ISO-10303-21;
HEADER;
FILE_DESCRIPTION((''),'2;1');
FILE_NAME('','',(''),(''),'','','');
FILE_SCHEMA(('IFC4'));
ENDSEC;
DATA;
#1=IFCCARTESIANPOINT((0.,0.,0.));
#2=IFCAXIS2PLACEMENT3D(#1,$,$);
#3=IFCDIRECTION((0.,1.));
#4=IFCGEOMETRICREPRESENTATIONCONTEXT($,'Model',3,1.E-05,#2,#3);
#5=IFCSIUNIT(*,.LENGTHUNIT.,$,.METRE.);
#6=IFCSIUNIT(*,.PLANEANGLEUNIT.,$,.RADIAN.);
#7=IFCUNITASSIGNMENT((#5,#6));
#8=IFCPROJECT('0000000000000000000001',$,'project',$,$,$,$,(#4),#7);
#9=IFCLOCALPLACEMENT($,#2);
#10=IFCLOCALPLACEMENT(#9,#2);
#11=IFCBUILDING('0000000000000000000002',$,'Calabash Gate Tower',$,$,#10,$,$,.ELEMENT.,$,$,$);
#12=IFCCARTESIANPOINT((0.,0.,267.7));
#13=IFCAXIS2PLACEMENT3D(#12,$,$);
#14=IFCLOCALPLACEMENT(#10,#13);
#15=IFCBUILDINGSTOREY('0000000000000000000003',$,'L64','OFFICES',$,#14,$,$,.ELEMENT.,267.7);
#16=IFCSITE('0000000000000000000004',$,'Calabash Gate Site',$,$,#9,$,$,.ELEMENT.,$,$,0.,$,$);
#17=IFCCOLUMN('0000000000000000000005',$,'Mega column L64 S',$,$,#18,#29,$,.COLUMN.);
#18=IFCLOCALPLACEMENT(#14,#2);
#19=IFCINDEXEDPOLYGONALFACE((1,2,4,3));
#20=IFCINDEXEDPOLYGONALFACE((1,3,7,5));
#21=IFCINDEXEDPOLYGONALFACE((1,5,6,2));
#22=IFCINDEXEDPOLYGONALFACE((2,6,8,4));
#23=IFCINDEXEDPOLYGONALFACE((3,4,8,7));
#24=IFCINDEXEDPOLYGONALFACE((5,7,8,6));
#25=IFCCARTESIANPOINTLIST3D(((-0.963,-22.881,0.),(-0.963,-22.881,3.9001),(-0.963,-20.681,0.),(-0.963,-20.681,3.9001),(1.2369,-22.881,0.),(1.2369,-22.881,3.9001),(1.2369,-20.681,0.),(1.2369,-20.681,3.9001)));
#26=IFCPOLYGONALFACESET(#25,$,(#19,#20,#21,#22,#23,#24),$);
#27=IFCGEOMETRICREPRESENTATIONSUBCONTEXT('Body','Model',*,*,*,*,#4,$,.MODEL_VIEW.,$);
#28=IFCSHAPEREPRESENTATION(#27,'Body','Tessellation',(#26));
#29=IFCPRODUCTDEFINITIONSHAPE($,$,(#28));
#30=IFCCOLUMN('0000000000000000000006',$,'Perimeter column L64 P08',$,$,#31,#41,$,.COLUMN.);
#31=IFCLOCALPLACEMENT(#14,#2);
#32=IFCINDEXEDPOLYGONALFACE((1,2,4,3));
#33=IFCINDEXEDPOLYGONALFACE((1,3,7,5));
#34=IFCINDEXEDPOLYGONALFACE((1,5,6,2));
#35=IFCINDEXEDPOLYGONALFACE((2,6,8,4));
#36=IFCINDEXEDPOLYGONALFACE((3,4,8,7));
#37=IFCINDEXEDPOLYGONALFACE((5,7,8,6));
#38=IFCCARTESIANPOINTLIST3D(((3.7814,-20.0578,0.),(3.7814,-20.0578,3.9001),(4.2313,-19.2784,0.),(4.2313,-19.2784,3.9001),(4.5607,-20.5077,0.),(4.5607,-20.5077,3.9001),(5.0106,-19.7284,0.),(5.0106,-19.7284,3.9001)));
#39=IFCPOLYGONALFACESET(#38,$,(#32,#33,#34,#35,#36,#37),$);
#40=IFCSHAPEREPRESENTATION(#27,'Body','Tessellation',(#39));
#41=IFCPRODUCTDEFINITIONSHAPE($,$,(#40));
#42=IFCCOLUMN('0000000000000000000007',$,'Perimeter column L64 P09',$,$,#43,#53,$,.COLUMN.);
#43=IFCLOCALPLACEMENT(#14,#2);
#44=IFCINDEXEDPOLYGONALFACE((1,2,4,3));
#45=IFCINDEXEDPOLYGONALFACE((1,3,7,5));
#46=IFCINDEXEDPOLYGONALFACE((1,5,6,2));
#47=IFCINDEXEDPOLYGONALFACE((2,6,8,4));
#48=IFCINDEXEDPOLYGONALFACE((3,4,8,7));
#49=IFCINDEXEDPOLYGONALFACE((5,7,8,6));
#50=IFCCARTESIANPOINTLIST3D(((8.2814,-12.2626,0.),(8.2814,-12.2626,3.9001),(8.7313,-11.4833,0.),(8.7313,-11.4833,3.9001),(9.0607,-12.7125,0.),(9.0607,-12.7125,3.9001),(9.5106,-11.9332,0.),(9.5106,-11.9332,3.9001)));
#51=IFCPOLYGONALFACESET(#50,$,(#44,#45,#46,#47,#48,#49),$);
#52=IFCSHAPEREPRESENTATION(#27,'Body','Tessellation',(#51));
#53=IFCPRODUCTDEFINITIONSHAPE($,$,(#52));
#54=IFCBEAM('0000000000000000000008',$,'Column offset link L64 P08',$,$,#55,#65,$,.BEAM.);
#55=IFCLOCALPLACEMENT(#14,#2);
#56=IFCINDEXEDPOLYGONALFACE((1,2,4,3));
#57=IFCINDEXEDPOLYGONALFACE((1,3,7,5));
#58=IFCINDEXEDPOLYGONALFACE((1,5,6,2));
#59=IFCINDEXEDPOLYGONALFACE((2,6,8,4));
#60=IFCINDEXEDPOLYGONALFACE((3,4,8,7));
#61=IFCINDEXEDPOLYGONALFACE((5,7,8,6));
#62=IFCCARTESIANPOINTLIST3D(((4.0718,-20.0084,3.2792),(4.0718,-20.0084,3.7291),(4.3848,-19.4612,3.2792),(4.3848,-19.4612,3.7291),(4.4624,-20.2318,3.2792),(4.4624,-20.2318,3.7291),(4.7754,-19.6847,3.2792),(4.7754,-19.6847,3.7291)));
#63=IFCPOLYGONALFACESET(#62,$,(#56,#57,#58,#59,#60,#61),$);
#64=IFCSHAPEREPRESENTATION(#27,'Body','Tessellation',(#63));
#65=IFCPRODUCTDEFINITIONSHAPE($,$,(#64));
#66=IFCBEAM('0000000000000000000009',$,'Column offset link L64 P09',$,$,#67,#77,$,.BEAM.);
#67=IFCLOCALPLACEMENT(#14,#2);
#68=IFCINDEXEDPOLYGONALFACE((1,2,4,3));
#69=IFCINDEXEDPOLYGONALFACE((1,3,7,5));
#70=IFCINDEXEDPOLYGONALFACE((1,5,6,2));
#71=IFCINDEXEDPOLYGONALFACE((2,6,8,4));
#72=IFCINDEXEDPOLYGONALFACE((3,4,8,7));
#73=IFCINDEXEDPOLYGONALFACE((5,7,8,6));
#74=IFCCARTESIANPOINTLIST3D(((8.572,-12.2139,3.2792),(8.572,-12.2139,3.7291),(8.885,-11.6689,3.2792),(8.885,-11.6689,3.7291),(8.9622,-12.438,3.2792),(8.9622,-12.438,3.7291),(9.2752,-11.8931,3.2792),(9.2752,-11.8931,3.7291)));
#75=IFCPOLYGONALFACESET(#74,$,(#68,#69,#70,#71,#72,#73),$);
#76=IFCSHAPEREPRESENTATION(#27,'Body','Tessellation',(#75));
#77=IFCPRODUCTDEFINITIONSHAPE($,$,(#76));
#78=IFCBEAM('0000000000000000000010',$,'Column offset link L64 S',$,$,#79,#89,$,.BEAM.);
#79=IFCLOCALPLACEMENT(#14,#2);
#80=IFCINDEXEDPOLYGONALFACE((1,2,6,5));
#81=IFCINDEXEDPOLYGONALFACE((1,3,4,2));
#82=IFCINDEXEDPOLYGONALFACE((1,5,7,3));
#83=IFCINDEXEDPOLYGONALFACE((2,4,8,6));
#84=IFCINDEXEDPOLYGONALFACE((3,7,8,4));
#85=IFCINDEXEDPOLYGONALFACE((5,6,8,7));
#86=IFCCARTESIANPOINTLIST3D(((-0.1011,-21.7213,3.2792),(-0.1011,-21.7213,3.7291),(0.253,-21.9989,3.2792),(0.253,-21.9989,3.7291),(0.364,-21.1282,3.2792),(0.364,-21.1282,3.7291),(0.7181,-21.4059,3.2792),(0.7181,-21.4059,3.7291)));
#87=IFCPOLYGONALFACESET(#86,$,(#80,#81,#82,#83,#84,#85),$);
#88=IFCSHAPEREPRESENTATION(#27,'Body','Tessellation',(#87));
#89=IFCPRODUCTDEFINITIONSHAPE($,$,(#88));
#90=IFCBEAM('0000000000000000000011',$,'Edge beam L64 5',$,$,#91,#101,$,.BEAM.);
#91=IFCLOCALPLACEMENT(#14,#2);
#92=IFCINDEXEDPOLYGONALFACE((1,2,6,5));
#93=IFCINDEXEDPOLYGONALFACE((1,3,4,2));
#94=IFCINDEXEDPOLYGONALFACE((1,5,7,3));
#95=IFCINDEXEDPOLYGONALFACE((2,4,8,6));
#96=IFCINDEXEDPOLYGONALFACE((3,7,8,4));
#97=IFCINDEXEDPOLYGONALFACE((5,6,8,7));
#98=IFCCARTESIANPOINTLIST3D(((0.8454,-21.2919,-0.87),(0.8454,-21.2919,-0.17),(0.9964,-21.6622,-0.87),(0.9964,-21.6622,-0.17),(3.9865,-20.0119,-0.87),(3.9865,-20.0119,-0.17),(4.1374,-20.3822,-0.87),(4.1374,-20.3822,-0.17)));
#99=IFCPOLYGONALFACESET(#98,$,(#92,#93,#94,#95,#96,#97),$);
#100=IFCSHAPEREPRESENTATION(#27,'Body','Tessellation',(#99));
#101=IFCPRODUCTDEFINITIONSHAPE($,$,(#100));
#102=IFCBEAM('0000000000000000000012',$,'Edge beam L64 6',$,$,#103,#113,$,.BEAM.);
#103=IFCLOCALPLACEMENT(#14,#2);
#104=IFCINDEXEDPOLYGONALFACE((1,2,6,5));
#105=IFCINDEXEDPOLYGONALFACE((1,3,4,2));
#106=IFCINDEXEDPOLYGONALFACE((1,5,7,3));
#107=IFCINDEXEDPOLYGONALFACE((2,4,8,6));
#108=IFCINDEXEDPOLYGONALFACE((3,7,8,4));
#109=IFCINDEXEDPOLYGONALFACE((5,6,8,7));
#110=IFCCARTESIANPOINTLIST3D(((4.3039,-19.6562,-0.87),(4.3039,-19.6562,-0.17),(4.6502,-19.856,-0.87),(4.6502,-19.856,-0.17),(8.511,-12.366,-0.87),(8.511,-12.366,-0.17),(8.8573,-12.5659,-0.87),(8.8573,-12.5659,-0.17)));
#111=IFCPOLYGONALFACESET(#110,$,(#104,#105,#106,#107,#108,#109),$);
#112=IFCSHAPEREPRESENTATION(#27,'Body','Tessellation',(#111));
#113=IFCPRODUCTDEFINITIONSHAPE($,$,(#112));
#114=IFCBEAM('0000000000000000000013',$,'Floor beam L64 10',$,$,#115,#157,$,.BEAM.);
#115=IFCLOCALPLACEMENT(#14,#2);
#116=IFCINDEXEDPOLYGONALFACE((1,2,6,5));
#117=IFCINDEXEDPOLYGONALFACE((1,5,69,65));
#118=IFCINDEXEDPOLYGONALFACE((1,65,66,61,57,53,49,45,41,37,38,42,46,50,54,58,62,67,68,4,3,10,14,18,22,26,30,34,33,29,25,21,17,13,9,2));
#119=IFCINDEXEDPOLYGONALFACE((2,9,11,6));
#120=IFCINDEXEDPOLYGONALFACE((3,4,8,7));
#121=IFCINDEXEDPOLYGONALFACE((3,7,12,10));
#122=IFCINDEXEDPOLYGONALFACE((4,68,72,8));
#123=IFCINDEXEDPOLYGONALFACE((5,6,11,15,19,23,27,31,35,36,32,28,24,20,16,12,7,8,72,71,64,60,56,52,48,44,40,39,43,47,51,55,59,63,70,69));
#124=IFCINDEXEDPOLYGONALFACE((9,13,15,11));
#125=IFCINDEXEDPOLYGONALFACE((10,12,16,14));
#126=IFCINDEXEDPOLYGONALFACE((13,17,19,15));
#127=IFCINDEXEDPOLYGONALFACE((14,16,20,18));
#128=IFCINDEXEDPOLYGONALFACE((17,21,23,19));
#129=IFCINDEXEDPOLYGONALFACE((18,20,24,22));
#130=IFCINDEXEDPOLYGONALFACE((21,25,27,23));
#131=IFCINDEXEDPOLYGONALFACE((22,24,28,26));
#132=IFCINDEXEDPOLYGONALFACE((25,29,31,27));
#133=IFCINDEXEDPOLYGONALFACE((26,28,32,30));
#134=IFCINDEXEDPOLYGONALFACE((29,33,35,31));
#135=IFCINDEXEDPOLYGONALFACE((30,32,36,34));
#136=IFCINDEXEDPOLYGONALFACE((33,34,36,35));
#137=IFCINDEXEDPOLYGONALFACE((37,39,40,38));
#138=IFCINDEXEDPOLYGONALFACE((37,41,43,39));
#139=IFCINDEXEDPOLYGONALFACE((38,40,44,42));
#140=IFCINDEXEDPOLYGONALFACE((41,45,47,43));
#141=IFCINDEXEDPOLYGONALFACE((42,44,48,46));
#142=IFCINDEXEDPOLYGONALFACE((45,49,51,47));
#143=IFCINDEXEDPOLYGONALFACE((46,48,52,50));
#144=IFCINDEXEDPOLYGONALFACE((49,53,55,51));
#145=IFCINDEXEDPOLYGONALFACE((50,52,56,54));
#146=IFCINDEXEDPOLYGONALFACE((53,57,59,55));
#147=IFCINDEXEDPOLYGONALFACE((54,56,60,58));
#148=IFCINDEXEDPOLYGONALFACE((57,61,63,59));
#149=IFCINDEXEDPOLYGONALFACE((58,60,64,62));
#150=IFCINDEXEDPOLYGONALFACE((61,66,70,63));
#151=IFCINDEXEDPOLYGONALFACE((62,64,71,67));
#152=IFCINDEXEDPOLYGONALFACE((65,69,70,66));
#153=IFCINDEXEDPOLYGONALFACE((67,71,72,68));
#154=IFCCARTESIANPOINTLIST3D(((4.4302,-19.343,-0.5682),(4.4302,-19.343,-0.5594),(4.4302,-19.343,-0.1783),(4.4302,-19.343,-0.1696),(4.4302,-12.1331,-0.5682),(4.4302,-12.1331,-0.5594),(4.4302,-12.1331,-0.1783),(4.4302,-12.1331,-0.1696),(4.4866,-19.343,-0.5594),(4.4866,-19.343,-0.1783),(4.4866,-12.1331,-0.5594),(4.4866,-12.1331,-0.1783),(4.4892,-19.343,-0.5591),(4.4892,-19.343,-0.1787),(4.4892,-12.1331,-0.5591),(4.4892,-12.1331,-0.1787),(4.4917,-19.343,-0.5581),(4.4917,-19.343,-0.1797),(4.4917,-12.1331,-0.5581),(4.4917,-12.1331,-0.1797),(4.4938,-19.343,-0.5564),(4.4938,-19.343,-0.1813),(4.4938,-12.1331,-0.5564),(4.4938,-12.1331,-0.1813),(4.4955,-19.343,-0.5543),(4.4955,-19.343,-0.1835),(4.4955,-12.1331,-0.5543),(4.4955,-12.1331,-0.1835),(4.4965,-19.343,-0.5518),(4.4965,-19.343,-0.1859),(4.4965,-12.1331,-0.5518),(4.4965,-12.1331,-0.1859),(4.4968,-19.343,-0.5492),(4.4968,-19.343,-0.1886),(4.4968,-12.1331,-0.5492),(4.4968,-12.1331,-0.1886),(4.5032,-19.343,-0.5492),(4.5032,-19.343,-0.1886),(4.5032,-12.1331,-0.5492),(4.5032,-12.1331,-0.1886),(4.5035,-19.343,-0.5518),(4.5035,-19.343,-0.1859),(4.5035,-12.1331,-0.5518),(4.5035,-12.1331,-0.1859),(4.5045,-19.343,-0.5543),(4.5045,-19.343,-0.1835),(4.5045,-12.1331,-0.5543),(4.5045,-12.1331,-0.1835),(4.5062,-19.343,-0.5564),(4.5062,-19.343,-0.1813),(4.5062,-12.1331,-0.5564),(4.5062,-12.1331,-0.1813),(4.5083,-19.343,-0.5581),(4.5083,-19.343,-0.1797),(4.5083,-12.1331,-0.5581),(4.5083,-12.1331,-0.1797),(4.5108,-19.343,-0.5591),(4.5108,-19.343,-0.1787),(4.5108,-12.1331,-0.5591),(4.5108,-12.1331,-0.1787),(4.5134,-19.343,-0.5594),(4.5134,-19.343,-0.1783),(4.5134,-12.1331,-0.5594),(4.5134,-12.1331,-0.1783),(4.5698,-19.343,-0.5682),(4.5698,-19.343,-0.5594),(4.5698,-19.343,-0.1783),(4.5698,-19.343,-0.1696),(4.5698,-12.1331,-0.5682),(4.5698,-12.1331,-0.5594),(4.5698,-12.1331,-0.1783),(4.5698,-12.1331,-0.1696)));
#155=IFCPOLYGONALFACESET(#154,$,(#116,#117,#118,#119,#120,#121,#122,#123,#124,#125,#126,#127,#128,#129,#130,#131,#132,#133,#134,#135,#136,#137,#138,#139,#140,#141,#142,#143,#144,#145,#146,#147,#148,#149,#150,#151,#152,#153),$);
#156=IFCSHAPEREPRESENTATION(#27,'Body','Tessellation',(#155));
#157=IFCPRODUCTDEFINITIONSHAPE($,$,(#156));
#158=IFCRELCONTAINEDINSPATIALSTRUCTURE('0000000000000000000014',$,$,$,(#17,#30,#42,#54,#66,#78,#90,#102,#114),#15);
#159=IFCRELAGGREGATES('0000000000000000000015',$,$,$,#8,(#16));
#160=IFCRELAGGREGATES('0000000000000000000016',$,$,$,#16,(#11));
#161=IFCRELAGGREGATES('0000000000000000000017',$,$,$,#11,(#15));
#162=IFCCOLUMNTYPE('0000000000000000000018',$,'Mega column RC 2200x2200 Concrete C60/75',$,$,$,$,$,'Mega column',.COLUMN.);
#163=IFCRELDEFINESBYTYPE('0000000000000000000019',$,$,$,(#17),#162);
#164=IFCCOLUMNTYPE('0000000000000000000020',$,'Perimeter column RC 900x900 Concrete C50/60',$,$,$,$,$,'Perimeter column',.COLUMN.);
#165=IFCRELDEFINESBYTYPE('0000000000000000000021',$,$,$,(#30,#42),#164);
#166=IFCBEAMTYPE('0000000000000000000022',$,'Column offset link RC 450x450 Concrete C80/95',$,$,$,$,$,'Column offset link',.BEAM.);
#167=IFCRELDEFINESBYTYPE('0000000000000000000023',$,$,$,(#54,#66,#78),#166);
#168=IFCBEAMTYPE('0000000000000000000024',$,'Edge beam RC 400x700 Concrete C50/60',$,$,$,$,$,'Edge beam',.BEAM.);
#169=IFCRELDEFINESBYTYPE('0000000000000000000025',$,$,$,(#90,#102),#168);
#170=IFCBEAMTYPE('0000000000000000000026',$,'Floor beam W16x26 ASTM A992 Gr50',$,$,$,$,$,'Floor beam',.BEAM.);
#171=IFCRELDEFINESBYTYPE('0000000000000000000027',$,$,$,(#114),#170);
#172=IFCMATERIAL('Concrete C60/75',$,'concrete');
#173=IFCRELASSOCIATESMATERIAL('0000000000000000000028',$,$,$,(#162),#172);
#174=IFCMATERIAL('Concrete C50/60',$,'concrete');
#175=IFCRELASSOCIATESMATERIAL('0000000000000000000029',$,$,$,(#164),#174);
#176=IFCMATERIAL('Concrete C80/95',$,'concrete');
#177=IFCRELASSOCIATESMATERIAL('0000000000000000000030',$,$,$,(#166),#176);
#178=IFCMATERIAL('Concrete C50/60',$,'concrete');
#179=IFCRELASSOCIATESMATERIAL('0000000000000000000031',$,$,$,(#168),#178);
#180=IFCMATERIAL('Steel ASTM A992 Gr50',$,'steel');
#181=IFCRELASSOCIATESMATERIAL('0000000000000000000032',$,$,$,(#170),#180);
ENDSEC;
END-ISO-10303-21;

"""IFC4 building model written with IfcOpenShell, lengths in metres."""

from ifc_helpers import new_model, si_unit, direction, frame, origin, origin_2d, place, context, subcontext, project, spatial, rectangle, i_section, extrude, material, material_profile, profile_set, type_object, element, save


model = new_model("IFC4")

# Units and contexts
model_context = context("Model", 3, precision=1e-05, world=origin(), true_north=direction((0.0, 1.0)))
body_context = subcontext(model_context, "Body", "Model", "MODEL_VIEW")
ifc_project = project(units=[si_unit("LENGTHUNIT", "METRE"), si_unit("PLANEANGLEUNIT", "RADIAN")], contexts=[model_context])

# Site, building, storey
site_placement = place(None, origin())
site = spatial("IfcSite", under=ifc_project, at=site_placement, Name="Calabash Gate Site", CompositionType="ELEMENT", RefElevation=0.0)
building_placement = place(site_placement, origin())
building = spatial("IfcBuilding", under=site, at=building_placement, Name="Calabash Gate Tower", CompositionType="ELEMENT")
storey_placement = place(building_placement, frame((0.0, 0.0, 267.7)))
storey = spatial("IfcBuildingStorey", under=building, at=storey_placement, Name="L64", Description="OFFICES", CompositionType="ELEMENT", Elevation=267.7)

# Columns
ifc_material_1 = material(Name="Concrete C60/75", Category="concrete")
ifc_material_profile_1 = material_profile(ifc_material_1, rectangle(XDim=2.2, YDim=2.2, at=origin_2d()))
ifc_profile_set_1 = profile_set([ifc_material_profile_1], Name="Concrete C60/75")
column_type_1 = type_object("IfcColumnType", Name="Mega column RC 2200x2200 Concrete C60/75", ElementType="Mega column", PredefinedType="COLUMN", material=ifc_profile_set_1)
column_placement = place(storey_placement, frame((0.137, -21.781, 0.0), z_axis=(0.0, 0.0, 1.0), x_axis=(0.0, 1.0, 0.0)))
element("IfcColumn", 1, at=column_placement, inside=storey, type_object=column_type_1, Name="Mega column L64 S", PredefinedType="COLUMN", context=body_context, shape_type="SweptSolid", body=[
    extrude(rectangle(XDim=2.2, YDim=2.2, at=origin_2d()), origin(), (0.0, 0.0, 1.0), 3.9001),
])
ifc_material_2 = material(Name="Concrete C50/60", Category="concrete")
ifc_material_profile_2 = material_profile(ifc_material_2, rectangle(XDim=0.8999, YDim=0.8999, at=origin_2d()))
ifc_profile_set_2 = profile_set([ifc_material_profile_2], Name="Concrete C50/60")
column_type_2 = type_object("IfcColumnType", Name="Perimeter column RC 900x900 Concrete C50/60", ElementType="Perimeter column", PredefinedType="COLUMN", material=ifc_profile_set_2)
for number, where, z_axis, x_axis, name in (
    (2, (4.396, -19.8931, 0.0), (0.0, 0.0, 1.0), (0.5, 0.866025, 0.0), "Perimeter column L64 P08"),
    (3, (8.896, -12.0979, 0.0), (0.0, 0.0, 1.0), (0.5, 0.866025, 0.0), "Perimeter column L64 P09"),
):
    element("IfcColumn", number, at=place(storey_placement, frame(where, z_axis=z_axis, x_axis=x_axis)), inside=storey, type_object=column_type_2, Name=name, PredefinedType="COLUMN", context=body_context, shape_type="SweptSolid", body=[
        extrude(rectangle(XDim=0.8999, YDim=0.8999, at=origin_2d()), origin(), (0.0, 0.0, 1.0), 3.9001),
    ])

# Beams
ifc_material_3 = material(Name="Concrete C80/95", Category="concrete")
ifc_material_profile_3 = material_profile(ifc_material_3, rectangle(XDim=0.45, YDim=0.45, at=origin_2d()))
ifc_profile_set_3 = profile_set([ifc_material_profile_3], Name="Concrete C80/95")
beam_type_1 = type_object("IfcBeamType", Name="Column offset link RC 450x450 Concrete C80/95", ElementType="Column offset link", PredefinedType="BEAM", material=ifc_profile_set_3)
beam_1_placement = place(storey_placement, frame((4.2671, -20.1201, 3.5042), z_axis=(0.496556, 0.868005, 0.0), x_axis=(-0.868005, 0.496556, 0.0)))
element("IfcBeam", 4, at=beam_1_placement, inside=storey, type_object=beam_type_1, Name="Column offset link L64 P08", PredefinedType="BEAM", context=body_context, shape_type="SweptSolid", body=[
    extrude(rectangle(XDim=0.45, YDim=0.45, at=origin_2d()), origin(), (0.0, 0.0, 1.0), 0.6304),
])
beam_2_placement = place(storey_placement, frame((8.7671, -12.3259, 3.5042), z_axis=(0.498062, 0.867141, 0.0), x_axis=(-0.867141, 0.498062, 0.0)))
element("IfcBeam", 5, at=beam_2_placement, inside=storey, type_object=beam_type_1, Name="Column offset link L64 P09", PredefinedType="BEAM", context=body_context, shape_type="SweptSolid", body=[
    extrude(rectangle(XDim=0.45, YDim=0.45, at=origin_2d()), origin(), (0.0, 0.0, 1.0), 0.6284),
])
beam_3_placement = place(storey_placement, frame((0.0759, -21.8601, 3.5042), z_axis=(0.61712, 0.786869, 0.0), x_axis=(-0.786869, 0.61712, 0.0)))
element("IfcBeam", 6, at=beam_3_placement, inside=storey, type_object=beam_type_1, Name="Column offset link L64 S", PredefinedType="BEAM", context=body_context, shape_type="SweptSolid", body=[
    extrude(rectangle(XDim=0.45, YDim=0.45, at=origin_2d()), origin(), (0.0, 0.0, 1.0), 0.7537),
])
ifc_material_4 = material(Name="Concrete C50/60", Category="concrete")
ifc_material_profile_4 = material_profile(ifc_material_4, rectangle(XDim=0.3999, YDim=0.7, at=origin_2d()))
ifc_profile_set_4 = profile_set([ifc_material_profile_4], Name="Concrete C50/60")
beam_type_2 = type_object("IfcBeamType", Name="Edge beam RC 400x700 Concrete C50/60", ElementType="Edge beam", PredefinedType="BEAM", material=ifc_profile_set_4)
beam_4_placement = place(storey_placement, frame((0.9209, -21.4771, -0.52), z_axis=(0.92606, 0.377377, 0.0), x_axis=(-0.377377, 0.92606, 0.0)))
element("IfcBeam", 7, at=beam_4_placement, inside=storey, type_object=beam_type_2, Name="Edge beam L64 5", PredefinedType="BEAM", context=body_context, shape_type="SweptSolid", body=[
    extrude(rectangle(XDim=0.3999, YDim=0.7, at=origin_2d()), origin(), (0.0, 0.0, 1.0), 3.3918),
])
beam_5_placement = place(storey_placement, frame((4.4771, -19.7561, -0.52), z_axis=(0.499833, 0.866122, 0.0), x_axis=(-0.866122, 0.499833, 0.0)))
element("IfcBeam", 8, at=beam_5_placement, inside=storey, type_object=beam_type_2, Name="Edge beam L64 6", PredefinedType="BEAM", context=body_context, shape_type="SweptSolid", body=[
    extrude(rectangle(XDim=0.3999, YDim=0.7, at=origin_2d()), origin(), (0.0, 0.0, 1.0), 8.417),
])
ifc_material_5 = material(Name="Steel ASTM A992 Gr50", Category="steel")
ifc_material_profile_5 = material_profile(ifc_material_5, i_section(OverallWidth=0.1396, OverallDepth=0.3987, WebThickness=0.0063, FlangeThickness=0.0088, FilletRadius=0.0103, at=origin_2d()))
ifc_profile_set_5 = profile_set([ifc_material_profile_5], Name="Steel ASTM A992 Gr50")
beam_type_3 = type_object("IfcBeamType", Name="Floor beam W16x26 ASTM A992 Gr50", ElementType="Floor beam", PredefinedType="BEAM", material=ifc_profile_set_5)
beam_6_placement = place(storey_placement, frame((4.5, -19.343, -0.3689), z_axis=(0.0, 1.0, 0.0), x_axis=(-1.0, 0.0, 0.0)))
element("IfcBeam", 9, at=beam_6_placement, inside=storey, type_object=beam_type_3, Name="Floor beam L64 10", PredefinedType="BEAM", context=body_context, shape_type="SweptSolid", body=[
    extrude(i_section(OverallWidth=0.1396, OverallDepth=0.3987, WebThickness=0.0063, FlangeThickness=0.0088, FilletRadius=0.0103, at=origin_2d()), origin(), (0.0, 0.0, 1.0), 7.21),
])

save(model, "model.ifc")
